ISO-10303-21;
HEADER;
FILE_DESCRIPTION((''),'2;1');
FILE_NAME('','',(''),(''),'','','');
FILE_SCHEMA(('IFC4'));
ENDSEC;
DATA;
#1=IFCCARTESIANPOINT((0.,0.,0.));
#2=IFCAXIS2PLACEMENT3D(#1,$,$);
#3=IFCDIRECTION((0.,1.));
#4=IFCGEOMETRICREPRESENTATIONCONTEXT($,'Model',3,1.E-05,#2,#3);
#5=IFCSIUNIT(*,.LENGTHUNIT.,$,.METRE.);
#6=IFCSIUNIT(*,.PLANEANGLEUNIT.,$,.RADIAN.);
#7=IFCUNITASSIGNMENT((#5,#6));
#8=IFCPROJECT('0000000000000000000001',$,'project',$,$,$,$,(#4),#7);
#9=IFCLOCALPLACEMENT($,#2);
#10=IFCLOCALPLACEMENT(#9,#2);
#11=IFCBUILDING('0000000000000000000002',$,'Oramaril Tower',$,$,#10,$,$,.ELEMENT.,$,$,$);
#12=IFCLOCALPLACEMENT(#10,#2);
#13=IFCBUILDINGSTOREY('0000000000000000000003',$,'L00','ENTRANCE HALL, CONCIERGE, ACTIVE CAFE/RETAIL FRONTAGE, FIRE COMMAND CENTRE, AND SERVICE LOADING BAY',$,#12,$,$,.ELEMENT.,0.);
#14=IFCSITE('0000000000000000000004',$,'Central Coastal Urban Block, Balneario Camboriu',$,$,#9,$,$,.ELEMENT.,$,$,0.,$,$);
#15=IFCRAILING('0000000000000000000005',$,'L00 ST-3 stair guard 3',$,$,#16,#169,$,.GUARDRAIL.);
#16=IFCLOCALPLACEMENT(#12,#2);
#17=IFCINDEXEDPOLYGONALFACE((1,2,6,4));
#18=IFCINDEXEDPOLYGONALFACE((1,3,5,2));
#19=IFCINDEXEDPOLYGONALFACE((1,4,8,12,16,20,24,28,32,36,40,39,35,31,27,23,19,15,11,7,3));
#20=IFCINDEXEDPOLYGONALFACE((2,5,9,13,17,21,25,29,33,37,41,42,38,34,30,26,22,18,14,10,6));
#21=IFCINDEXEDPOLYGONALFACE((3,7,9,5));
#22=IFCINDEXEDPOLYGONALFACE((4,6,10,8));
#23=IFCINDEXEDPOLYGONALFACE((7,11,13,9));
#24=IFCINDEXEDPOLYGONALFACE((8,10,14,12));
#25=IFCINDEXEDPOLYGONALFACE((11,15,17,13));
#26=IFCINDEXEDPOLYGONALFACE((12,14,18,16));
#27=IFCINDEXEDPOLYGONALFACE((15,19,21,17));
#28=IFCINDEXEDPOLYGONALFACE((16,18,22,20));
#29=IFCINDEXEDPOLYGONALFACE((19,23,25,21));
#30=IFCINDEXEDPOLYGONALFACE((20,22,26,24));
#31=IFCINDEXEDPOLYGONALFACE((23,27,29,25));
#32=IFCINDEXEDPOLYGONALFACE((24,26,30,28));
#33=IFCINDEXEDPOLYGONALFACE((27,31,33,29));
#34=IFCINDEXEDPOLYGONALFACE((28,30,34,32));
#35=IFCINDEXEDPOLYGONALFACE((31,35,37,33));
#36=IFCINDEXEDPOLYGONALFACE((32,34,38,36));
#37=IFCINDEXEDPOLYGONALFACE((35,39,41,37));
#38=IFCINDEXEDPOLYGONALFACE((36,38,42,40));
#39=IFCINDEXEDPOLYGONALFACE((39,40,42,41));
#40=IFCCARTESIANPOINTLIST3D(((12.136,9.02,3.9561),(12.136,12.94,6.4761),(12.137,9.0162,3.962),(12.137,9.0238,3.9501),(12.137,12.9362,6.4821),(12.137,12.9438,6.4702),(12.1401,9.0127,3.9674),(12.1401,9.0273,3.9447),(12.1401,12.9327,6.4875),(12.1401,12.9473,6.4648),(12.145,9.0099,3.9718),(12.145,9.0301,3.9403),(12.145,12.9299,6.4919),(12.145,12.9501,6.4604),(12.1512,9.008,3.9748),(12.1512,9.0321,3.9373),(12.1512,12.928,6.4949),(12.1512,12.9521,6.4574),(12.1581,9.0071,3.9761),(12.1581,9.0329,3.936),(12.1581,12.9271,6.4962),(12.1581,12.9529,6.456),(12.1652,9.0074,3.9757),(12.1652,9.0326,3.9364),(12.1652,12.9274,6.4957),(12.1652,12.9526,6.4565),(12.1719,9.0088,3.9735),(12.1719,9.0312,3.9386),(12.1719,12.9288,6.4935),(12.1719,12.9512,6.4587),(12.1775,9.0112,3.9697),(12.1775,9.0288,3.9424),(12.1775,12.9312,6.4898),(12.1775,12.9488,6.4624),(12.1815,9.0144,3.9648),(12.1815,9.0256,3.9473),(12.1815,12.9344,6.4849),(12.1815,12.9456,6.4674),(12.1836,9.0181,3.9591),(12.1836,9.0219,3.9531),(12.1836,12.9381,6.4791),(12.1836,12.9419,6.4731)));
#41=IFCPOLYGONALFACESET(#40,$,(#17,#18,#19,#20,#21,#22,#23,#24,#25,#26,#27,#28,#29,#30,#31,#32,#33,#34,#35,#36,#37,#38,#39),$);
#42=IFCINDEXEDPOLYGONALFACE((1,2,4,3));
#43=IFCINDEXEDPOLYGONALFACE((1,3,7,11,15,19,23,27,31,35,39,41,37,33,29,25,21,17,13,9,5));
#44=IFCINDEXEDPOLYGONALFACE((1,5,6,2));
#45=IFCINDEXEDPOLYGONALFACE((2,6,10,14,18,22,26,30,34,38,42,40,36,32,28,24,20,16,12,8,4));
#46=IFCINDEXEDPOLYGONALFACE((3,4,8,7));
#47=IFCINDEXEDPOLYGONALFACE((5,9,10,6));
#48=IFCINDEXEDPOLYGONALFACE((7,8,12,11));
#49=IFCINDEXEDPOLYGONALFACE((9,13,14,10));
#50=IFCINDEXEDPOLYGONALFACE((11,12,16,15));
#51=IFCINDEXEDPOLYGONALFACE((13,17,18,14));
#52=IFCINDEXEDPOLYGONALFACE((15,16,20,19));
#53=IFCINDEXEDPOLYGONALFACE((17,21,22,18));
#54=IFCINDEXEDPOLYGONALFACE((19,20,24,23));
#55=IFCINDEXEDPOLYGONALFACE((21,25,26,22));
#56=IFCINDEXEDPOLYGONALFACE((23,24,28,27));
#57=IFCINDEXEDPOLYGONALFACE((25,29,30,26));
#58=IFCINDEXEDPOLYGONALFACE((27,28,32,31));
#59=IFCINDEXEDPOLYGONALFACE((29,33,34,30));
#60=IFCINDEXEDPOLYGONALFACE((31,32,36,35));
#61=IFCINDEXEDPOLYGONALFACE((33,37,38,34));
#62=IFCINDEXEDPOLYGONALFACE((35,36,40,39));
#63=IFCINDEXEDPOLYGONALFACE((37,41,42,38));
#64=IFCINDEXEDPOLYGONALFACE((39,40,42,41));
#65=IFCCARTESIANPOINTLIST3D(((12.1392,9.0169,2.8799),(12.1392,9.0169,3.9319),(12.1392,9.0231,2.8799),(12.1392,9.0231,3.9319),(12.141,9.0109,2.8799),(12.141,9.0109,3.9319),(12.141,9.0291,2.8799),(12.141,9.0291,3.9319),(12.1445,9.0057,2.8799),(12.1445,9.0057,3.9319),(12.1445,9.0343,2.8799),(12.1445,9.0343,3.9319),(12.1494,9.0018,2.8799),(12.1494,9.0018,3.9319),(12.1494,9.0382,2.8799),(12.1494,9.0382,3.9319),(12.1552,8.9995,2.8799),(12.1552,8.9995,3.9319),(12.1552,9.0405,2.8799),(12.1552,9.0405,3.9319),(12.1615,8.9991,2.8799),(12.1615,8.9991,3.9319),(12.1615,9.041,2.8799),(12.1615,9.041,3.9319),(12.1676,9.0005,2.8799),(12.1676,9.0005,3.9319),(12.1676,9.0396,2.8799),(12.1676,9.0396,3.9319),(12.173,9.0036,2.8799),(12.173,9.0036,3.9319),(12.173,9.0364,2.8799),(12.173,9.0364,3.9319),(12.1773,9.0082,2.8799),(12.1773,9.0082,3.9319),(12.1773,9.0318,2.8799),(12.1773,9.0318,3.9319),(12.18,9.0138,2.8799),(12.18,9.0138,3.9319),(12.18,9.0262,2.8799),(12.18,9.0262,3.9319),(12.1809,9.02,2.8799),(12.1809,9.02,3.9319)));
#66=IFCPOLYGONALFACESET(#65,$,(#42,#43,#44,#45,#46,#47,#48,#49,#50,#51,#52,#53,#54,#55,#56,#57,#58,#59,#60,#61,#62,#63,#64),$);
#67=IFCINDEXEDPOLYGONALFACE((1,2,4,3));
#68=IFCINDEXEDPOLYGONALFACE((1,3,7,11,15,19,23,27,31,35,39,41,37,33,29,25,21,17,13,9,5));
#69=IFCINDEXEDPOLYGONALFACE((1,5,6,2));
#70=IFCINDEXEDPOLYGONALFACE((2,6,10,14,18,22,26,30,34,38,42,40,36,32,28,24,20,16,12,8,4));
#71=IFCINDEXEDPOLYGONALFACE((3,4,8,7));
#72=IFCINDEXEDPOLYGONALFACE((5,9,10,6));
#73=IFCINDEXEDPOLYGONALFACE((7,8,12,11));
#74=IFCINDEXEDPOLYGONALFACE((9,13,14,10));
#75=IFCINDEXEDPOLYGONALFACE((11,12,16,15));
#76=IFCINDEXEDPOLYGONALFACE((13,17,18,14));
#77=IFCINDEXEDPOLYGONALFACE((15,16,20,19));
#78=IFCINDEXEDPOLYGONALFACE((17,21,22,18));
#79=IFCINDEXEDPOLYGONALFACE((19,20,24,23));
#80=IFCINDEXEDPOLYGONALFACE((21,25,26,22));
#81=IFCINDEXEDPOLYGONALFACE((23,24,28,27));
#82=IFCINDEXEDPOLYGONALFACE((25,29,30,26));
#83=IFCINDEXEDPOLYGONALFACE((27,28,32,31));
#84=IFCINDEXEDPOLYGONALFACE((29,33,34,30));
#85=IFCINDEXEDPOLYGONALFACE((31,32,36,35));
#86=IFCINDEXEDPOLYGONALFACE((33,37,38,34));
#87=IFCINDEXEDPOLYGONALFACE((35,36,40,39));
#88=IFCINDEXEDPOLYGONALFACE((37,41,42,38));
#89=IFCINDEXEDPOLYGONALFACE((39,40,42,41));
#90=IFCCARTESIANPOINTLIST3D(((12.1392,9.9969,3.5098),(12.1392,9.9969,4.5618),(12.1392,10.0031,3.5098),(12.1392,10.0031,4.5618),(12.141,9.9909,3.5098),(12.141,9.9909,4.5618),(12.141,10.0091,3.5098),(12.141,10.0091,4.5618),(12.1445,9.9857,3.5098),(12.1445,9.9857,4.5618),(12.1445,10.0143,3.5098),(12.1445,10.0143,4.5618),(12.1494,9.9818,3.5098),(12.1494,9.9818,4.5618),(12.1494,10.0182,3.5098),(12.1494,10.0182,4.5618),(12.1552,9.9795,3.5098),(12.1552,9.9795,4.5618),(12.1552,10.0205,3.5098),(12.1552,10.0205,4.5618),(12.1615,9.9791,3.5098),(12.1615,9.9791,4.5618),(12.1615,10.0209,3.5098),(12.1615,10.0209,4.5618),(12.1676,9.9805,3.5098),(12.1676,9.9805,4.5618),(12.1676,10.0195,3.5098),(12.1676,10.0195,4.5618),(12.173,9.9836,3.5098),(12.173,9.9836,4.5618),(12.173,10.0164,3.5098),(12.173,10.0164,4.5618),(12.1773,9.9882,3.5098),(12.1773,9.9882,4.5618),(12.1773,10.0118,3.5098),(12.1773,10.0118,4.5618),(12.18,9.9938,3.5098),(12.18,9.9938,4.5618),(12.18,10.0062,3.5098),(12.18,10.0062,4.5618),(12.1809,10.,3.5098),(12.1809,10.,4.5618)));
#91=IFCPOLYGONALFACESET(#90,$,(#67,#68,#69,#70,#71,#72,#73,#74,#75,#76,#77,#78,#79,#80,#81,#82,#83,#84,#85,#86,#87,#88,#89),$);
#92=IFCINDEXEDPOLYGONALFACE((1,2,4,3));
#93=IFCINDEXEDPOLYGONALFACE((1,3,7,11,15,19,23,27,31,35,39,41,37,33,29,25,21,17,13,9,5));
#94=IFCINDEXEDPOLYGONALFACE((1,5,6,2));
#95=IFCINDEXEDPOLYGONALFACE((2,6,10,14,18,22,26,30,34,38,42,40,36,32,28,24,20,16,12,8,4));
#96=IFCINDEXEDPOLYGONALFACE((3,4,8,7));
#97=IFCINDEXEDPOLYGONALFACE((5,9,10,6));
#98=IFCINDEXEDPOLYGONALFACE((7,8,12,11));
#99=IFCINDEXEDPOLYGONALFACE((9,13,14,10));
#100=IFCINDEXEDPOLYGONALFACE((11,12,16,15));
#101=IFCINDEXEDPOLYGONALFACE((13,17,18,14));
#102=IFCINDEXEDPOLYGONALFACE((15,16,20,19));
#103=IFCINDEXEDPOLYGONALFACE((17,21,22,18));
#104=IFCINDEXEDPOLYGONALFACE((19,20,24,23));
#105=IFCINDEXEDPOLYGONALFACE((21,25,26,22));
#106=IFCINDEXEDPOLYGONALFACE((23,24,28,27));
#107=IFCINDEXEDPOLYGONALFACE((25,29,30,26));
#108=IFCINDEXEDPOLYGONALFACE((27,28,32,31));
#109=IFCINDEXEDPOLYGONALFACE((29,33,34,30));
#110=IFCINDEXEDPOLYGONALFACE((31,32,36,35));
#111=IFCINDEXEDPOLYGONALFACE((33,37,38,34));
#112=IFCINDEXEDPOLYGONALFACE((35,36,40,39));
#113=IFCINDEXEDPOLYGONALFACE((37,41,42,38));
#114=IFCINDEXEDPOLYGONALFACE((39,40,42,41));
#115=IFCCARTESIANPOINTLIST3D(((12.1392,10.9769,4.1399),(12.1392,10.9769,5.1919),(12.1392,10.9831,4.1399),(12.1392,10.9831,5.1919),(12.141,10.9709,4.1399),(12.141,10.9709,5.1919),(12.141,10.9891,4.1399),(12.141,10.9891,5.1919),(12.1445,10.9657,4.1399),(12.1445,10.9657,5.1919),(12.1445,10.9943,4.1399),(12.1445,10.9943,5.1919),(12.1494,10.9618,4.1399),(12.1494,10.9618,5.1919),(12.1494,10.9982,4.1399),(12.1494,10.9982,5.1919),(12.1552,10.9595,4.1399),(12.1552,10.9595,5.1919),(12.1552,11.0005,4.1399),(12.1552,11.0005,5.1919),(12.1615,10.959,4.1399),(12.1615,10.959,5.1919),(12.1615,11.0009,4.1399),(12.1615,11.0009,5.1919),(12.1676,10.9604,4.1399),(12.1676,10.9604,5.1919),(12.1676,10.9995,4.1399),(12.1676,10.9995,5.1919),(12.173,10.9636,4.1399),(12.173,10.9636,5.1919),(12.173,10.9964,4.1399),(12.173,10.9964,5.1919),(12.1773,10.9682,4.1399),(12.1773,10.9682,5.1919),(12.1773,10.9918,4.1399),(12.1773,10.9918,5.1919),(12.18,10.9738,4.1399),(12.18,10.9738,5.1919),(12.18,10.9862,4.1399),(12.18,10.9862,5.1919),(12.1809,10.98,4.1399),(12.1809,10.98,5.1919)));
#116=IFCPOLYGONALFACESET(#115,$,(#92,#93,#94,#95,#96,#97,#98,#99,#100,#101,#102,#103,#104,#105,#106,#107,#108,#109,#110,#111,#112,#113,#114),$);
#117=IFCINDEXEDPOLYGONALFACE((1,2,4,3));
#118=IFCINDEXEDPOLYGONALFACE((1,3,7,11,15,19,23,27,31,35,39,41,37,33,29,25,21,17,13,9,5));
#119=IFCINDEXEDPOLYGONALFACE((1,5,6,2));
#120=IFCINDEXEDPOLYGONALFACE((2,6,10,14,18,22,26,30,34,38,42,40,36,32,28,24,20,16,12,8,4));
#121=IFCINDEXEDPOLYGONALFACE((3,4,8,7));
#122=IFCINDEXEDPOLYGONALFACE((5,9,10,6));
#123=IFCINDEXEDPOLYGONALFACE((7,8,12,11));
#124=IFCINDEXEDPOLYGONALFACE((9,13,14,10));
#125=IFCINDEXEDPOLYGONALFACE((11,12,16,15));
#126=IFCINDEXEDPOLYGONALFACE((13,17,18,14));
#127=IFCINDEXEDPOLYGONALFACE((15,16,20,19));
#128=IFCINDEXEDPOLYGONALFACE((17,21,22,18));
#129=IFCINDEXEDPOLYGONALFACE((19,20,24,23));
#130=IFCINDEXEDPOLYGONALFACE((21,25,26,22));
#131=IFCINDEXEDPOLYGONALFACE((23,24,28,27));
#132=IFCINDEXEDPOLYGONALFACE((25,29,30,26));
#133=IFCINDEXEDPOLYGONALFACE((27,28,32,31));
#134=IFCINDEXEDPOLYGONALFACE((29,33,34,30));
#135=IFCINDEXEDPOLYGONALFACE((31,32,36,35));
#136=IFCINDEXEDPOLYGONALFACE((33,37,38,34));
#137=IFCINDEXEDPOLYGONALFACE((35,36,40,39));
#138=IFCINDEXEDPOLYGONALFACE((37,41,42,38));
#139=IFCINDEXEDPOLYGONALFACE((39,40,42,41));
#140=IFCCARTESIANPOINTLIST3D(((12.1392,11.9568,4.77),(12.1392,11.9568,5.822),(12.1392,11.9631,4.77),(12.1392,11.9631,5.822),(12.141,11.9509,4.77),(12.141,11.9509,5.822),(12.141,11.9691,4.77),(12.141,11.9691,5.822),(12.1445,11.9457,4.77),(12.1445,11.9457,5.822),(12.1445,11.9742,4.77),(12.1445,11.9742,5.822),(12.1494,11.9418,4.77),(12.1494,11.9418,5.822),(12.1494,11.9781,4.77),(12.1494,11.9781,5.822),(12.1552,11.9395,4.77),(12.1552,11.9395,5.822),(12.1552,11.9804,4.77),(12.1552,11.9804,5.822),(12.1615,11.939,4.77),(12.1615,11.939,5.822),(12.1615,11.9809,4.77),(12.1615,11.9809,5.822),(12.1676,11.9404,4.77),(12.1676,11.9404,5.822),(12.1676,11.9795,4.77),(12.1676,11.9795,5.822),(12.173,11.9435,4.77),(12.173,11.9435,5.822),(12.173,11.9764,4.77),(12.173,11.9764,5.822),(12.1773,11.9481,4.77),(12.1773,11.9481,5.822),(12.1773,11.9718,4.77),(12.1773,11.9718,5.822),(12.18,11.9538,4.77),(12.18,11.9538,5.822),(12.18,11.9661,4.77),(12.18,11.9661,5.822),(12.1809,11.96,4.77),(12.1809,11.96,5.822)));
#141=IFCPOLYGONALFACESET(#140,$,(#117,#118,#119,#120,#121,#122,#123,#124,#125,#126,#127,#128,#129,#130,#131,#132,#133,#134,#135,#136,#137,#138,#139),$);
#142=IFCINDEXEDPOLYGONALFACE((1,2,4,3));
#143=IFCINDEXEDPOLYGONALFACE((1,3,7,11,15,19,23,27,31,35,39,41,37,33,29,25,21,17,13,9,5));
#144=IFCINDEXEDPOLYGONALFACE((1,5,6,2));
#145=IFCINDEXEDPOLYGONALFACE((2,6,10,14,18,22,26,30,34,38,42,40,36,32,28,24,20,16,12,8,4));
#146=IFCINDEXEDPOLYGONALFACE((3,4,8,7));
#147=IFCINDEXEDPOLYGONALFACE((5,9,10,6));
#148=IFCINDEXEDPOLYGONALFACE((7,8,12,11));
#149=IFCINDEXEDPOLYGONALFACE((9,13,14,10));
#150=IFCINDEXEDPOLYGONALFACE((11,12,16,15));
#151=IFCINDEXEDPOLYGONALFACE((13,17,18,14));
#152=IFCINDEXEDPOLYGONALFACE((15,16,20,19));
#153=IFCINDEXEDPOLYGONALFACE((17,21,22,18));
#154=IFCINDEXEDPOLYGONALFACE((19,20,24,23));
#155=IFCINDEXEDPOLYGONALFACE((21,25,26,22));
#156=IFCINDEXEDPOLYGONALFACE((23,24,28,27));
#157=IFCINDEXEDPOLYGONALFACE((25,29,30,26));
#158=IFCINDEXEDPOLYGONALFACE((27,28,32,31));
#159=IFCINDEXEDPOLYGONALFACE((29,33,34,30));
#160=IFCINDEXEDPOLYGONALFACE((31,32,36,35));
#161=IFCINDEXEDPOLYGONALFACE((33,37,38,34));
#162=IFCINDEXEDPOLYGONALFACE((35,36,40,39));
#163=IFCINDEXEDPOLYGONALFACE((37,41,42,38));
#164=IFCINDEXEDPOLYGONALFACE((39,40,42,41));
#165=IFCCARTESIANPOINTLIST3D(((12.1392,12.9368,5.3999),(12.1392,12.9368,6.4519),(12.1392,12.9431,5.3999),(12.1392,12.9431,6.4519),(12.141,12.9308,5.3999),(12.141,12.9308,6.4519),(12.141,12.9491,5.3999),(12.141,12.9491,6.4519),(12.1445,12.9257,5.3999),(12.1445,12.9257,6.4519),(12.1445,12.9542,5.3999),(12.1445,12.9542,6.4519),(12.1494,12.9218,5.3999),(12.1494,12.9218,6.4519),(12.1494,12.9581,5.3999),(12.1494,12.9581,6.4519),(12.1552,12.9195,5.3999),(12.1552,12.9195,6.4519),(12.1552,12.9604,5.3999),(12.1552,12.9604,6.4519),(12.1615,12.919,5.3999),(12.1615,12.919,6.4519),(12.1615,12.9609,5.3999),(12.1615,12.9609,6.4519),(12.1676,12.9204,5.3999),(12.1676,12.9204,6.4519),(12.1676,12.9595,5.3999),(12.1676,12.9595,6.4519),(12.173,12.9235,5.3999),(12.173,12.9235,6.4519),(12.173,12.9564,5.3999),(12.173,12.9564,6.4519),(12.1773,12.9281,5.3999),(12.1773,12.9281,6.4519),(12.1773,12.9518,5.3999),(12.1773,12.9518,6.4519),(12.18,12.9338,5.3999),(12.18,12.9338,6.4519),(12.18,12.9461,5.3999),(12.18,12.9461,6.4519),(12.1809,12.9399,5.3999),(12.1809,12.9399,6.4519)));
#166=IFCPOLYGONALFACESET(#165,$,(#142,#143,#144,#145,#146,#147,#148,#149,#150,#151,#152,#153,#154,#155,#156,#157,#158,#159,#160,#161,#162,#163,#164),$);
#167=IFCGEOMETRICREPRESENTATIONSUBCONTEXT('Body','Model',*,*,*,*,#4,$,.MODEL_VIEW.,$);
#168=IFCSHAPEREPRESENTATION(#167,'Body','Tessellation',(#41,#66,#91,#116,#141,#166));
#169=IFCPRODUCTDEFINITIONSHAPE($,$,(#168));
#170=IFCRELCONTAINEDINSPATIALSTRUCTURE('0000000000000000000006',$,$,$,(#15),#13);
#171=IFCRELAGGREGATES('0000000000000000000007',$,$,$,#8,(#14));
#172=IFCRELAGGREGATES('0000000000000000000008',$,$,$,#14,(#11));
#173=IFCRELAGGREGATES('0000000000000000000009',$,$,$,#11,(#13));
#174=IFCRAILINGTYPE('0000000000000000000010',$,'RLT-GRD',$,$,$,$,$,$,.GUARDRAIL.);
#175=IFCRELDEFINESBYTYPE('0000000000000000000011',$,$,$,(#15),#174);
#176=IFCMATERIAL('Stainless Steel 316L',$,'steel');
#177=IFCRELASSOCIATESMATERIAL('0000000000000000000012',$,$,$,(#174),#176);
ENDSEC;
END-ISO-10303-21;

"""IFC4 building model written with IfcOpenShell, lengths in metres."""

from ifc_helpers import new_model, si_unit, direction, frame, origin, origin_2d, place, context, subcontext, project, spatial, circle, extrude, material, type_object, element, save


model = new_model("IFC4")

# Units and contexts
model_context = context("Model", 3, precision=1e-05, world=origin(), true_north=direction((0.0, 1.0)))
body_context = subcontext(model_context, "Body", "Model", "MODEL_VIEW")
ifc_project = project(units=[si_unit("LENGTHUNIT", "METRE"), si_unit("PLANEANGLEUNIT", "RADIAN")], contexts=[model_context])

# Site, building, storey
site_placement = place(None, origin())
site = spatial("IfcSite", under=ifc_project, at=site_placement, Name="Central Coastal Urban Block, Balneario Camboriu", CompositionType="ELEMENT", RefElevation=0.0)
building_placement = place(site_placement, origin())
building = spatial("IfcBuilding", under=site, at=building_placement, Name="Oramaril Tower", CompositionType="ELEMENT")
storey_placement = place(building_placement, origin())
storey = spatial("IfcBuildingStorey", under=building, at=storey_placement, Name="L00", Description="ENTRANCE HALL, CONCIERGE, ACTIVE CAFE/RETAIL FRONTAGE, FIRE COMMAND CENTRE, AND SERVICE LOADING BAY", CompositionType="ELEMENT", Elevation=0.0)

# Railing
ifc_material_1 = material(Name="Stainless Steel 316L", Category="steel")
railing_type_1 = type_object("IfcRailingType", Name="RLT-GRD", PredefinedType="GUARDRAIL", material=ifc_material_1)
railing_1_placement = place(storey_placement, frame((12.1599, 9.02, 2.8799)))
element("IfcRailing", 1, at=railing_1_placement, inside=storey, type_object=railing_type_1, Name="L00 ST-3 stair guard 3", PredefinedType="GUARDRAIL", context=body_context, shape_type="SweptSolid", body=[
    extrude(circle(Radius=0.0239, at=origin_2d()), frame((0.0, 0.0, 1.0762), z_axis=(0.0, 0.841172, 0.540768), x_axis=(-1.0, 0.0, 0.0)), (0.0, 0.0, 1.0), 4.6602),
    extrude(circle(Radius=0.021, at=origin_2d()), origin(), (0.0, 0.0, 1.0), 1.052),
    extrude(circle(Radius=0.021, at=origin_2d()), frame((0.0, 0.98, 0.6299)), (0.0, 0.0, 1.0), 1.052),
    extrude(circle(Radius=0.021, at=origin_2d()), frame((0.0, 1.96, 1.26)), (0.0, 0.0, 1.0), 1.052),
    extrude(circle(Radius=0.021, at=origin_2d()), frame((0.0, 2.9399, 1.8901)), (0.0, 0.0, 1.0), 1.052),
    extrude(circle(Radius=0.021, at=origin_2d()), frame((0.0, 3.9199, 2.52)), (0.0, 0.0, 1.0), 1.052),
])

save(model, "model.ifc")
